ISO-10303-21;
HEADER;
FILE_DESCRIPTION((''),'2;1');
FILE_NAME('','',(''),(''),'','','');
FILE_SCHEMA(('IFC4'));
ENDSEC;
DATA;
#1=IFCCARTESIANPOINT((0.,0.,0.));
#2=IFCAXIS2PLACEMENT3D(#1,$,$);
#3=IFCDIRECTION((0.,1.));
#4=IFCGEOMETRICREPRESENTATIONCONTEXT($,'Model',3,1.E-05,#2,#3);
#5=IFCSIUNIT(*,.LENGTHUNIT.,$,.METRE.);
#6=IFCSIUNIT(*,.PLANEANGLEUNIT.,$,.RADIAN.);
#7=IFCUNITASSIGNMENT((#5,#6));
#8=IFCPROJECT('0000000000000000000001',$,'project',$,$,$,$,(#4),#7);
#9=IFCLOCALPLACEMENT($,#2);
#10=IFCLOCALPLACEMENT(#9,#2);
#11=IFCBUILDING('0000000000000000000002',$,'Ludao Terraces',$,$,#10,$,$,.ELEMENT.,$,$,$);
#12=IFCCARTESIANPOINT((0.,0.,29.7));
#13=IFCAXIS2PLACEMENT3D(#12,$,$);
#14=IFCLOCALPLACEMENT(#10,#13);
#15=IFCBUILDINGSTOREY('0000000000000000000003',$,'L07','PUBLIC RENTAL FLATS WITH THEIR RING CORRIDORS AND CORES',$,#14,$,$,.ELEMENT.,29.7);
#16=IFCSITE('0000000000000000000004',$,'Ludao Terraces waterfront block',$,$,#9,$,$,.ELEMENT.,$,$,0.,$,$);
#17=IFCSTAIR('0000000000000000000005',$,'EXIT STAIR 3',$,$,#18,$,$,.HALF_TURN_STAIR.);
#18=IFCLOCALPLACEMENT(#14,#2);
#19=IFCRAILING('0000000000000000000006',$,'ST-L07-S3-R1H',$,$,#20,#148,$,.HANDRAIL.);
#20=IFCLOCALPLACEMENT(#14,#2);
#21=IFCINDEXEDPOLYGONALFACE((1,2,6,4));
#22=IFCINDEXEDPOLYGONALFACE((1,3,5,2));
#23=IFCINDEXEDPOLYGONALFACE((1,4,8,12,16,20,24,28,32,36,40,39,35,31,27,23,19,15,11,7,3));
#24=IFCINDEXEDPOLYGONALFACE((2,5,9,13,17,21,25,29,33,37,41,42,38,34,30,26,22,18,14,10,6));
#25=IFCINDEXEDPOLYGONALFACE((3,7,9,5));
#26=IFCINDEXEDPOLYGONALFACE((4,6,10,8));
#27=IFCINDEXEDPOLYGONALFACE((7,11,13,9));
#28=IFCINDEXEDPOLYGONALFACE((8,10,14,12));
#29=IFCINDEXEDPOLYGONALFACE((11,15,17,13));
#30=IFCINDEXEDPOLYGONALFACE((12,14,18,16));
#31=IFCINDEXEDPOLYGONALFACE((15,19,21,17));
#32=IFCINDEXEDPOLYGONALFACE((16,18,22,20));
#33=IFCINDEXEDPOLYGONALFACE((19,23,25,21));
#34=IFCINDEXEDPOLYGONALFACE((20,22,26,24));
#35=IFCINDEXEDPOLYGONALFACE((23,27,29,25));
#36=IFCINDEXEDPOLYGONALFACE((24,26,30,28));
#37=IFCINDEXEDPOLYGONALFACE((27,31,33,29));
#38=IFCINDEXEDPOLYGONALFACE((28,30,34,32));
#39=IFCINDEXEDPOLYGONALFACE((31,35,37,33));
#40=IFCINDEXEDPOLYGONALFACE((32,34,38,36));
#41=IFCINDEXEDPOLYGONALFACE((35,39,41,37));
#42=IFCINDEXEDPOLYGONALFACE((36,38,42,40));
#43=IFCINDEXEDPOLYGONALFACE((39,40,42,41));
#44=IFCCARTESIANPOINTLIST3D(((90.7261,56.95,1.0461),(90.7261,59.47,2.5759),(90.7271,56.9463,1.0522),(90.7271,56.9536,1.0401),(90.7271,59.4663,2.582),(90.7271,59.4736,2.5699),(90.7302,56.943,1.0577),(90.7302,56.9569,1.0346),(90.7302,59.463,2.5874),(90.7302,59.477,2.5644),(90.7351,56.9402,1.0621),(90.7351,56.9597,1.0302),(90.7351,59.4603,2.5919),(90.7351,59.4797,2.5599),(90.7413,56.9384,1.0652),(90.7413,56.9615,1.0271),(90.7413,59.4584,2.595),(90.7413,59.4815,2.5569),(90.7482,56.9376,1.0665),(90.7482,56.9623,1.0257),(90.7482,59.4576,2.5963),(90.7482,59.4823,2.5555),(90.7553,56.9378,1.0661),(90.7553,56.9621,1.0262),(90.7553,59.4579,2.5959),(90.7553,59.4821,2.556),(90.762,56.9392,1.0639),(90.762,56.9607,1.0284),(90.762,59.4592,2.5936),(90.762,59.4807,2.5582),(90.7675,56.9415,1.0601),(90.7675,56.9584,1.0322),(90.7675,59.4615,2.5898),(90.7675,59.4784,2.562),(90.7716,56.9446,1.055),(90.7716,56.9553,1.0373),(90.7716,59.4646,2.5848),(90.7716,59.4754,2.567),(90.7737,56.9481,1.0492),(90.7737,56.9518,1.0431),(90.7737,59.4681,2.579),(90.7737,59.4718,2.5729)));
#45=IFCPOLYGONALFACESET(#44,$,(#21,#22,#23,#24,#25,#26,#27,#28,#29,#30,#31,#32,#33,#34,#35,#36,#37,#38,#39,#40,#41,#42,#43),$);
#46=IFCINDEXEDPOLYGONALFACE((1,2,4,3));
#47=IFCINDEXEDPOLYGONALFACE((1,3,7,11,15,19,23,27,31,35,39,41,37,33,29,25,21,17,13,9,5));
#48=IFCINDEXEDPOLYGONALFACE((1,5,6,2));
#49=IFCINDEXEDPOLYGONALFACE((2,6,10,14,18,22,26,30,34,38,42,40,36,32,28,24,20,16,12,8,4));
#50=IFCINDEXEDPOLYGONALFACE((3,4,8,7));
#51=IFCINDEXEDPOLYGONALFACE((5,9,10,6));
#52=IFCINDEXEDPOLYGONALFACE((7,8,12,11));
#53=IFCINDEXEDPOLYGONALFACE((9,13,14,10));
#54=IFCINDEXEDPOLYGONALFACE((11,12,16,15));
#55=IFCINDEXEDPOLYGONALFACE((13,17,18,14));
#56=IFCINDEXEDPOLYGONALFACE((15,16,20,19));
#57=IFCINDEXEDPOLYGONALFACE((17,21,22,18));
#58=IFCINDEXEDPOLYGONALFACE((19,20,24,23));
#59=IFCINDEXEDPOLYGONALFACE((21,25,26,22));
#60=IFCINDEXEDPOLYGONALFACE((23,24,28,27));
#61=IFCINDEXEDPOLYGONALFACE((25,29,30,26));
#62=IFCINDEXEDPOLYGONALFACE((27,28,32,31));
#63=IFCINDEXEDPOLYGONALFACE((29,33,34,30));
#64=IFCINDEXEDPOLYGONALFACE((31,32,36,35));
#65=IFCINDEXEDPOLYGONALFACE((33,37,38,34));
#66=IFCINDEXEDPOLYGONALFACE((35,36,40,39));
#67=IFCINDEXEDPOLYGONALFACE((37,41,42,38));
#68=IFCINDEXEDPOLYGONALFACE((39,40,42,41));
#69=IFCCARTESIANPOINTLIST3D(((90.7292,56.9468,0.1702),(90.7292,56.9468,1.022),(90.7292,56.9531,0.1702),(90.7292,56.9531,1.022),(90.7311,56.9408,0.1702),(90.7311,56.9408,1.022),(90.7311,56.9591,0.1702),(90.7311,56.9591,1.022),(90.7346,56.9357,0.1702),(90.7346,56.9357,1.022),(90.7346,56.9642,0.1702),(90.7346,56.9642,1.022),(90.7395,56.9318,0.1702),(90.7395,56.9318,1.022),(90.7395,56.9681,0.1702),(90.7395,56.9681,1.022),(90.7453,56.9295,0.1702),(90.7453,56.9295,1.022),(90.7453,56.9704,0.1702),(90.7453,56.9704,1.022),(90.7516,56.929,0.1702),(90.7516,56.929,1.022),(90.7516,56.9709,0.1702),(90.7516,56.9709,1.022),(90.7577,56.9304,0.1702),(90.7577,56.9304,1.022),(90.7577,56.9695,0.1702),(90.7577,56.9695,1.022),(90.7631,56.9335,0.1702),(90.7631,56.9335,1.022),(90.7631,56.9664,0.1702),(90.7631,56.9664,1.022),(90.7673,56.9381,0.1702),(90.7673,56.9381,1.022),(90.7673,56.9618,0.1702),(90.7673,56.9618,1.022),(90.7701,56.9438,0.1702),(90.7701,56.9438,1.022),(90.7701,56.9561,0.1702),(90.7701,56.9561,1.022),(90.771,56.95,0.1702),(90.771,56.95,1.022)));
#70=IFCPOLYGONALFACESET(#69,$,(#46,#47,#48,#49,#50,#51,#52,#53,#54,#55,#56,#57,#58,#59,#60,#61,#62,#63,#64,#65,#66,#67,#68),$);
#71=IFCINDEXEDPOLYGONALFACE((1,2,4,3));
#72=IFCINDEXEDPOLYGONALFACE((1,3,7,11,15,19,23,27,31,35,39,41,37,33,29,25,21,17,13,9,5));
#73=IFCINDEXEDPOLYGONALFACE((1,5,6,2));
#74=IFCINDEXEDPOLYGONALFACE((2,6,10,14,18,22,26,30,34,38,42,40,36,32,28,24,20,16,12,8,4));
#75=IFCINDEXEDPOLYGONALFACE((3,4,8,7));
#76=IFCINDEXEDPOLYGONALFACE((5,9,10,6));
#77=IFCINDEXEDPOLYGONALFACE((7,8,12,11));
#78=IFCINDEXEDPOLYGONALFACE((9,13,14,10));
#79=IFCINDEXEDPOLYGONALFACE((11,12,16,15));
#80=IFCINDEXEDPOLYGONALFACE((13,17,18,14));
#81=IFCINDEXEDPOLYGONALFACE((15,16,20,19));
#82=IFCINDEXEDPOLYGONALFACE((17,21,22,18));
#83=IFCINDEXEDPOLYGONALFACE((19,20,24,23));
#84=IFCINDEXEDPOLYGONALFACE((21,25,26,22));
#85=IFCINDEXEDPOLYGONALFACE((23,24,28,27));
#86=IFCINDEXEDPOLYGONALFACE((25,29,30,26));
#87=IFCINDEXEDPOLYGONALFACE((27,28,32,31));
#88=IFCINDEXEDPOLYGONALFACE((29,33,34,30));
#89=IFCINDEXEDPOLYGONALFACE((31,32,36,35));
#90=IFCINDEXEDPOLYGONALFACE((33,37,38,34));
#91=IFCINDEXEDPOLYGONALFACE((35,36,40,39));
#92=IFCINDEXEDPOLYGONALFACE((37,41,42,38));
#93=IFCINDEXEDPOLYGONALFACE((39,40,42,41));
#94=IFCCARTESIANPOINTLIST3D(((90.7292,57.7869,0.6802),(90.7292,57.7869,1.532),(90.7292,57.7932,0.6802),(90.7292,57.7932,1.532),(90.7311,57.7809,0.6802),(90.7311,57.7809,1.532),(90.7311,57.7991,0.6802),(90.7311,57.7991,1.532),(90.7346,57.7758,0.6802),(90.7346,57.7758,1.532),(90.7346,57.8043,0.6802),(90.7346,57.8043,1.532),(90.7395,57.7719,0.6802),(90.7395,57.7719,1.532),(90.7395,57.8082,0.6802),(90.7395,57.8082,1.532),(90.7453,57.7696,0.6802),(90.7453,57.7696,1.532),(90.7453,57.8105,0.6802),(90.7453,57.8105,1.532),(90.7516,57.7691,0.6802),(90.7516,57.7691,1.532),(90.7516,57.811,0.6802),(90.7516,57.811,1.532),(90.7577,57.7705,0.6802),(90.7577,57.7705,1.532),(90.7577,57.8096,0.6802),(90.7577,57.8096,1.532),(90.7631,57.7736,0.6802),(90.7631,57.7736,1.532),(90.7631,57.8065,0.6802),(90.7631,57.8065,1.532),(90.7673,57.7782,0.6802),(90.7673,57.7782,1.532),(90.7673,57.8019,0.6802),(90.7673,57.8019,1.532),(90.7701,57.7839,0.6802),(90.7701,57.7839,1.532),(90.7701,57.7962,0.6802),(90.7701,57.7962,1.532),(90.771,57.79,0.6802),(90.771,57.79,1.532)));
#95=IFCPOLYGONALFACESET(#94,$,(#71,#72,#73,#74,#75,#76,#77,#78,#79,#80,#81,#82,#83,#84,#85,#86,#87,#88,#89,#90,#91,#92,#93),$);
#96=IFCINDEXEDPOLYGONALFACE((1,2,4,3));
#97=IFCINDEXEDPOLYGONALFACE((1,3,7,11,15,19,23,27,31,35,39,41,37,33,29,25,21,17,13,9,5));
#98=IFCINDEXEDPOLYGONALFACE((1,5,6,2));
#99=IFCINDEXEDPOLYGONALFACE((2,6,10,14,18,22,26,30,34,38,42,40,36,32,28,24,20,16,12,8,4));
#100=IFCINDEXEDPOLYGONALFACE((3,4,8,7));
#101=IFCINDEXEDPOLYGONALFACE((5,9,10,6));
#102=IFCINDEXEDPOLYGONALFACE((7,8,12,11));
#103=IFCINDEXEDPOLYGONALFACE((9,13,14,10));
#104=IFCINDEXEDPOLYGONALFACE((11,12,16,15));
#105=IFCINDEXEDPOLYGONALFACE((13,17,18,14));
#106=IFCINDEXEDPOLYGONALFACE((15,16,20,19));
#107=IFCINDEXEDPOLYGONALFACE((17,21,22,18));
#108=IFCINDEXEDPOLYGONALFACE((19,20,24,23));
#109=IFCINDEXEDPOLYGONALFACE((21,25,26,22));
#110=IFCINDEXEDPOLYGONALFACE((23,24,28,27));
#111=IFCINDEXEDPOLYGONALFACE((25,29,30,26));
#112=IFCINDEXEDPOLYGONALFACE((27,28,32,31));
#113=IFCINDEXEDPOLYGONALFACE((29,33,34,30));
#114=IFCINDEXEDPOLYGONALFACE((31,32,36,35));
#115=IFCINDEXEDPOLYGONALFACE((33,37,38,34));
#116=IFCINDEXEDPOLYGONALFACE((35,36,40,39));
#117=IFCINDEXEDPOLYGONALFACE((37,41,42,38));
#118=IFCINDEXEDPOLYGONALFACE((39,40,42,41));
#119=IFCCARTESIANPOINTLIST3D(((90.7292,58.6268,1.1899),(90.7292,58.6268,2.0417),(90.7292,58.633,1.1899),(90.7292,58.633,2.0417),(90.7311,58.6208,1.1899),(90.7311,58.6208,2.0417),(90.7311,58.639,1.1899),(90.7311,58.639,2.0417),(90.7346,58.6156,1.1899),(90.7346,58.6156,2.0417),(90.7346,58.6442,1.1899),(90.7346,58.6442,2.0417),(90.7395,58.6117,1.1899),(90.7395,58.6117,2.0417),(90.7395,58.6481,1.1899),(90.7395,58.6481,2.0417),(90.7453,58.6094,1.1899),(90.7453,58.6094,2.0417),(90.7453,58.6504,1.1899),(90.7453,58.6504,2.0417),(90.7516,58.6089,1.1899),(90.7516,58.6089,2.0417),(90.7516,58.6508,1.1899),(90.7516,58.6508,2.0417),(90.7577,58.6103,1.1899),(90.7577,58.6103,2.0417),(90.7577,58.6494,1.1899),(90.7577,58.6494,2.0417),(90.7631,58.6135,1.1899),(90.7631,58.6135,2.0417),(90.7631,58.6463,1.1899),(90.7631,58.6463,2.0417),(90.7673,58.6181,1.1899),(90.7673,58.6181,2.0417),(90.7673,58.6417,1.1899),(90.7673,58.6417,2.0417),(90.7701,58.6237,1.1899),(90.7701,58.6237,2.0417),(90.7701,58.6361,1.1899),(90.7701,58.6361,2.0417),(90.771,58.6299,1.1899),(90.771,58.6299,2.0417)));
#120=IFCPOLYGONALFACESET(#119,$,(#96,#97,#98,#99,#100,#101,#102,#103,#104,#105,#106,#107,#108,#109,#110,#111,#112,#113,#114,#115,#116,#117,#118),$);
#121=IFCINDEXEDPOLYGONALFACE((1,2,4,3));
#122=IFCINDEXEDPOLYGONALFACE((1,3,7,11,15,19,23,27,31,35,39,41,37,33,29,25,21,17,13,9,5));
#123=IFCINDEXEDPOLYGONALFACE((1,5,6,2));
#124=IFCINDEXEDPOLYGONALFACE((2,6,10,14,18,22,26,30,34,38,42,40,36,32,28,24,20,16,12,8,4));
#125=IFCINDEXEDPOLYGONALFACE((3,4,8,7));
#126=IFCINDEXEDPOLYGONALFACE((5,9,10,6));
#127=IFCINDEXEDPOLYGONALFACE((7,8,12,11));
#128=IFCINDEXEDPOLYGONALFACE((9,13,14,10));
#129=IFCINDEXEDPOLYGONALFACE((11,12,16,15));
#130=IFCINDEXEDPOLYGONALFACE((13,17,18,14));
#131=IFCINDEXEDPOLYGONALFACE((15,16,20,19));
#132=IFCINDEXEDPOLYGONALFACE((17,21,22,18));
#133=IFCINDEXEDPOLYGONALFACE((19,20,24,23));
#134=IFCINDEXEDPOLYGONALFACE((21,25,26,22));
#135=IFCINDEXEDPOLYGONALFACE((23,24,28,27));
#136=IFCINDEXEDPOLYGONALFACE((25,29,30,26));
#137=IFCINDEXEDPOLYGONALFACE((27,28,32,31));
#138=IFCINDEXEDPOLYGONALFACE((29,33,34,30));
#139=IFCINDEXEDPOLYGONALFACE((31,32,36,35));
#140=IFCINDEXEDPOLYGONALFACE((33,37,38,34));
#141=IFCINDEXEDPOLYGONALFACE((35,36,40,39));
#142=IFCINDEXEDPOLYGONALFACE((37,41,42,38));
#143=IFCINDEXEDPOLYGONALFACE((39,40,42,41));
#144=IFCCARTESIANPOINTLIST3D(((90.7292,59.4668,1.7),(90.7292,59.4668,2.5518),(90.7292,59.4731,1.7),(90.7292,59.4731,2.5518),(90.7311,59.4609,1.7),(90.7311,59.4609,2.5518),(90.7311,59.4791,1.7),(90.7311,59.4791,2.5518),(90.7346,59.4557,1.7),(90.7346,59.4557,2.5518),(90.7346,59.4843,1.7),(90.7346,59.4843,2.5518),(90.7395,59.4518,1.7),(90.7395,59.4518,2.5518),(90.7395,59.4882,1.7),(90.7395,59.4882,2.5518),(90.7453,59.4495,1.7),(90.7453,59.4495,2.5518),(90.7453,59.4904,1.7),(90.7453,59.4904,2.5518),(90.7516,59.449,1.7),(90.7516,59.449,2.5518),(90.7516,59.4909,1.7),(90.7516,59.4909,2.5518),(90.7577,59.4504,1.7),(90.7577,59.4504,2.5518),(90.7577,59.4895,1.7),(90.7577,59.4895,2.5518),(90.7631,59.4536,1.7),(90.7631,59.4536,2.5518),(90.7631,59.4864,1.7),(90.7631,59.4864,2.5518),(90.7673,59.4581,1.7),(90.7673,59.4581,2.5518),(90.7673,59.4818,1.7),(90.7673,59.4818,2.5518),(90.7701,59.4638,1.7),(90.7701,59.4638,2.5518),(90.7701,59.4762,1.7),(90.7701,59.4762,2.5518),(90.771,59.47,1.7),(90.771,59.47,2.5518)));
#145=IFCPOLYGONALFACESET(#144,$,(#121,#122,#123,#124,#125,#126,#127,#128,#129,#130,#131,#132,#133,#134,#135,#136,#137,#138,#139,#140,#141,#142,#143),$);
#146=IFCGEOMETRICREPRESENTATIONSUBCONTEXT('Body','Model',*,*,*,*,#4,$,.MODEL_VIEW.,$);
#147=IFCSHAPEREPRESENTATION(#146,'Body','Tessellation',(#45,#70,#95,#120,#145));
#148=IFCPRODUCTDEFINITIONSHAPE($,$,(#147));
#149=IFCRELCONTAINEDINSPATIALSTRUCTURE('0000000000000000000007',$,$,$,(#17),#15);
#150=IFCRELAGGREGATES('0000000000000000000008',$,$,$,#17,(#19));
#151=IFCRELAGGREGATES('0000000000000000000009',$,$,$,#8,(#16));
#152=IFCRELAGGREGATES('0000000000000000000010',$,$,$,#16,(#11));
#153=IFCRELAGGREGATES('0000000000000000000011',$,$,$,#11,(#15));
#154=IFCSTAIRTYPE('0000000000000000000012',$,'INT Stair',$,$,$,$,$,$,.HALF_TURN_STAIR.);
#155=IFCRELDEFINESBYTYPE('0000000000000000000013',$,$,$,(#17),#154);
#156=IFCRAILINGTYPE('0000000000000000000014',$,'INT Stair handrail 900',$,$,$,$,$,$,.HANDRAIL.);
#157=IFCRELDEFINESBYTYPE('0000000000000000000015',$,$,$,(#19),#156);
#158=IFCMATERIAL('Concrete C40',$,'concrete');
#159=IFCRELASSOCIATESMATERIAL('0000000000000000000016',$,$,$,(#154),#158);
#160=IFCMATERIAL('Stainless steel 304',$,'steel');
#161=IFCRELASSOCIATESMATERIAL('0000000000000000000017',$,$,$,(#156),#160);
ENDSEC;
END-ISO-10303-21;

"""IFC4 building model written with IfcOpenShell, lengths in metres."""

from ifc_helpers import new_model, si_unit, direction, frame, origin, origin_2d, place, context, subcontext, project, spatial, circle, extrude, material, type_object, element, aggregate, save


model = new_model("IFC4")

# Units and contexts
model_context = context("Model", 3, precision=1e-05, world=origin(), true_north=direction((0.0, 1.0)))
body_context = subcontext(model_context, "Body", "Model", "MODEL_VIEW")
ifc_project = project(units=[si_unit("LENGTHUNIT", "METRE"), si_unit("PLANEANGLEUNIT", "RADIAN")], contexts=[model_context])

# Site, building, storey
site_placement = place(None, origin())
site = spatial("IfcSite", under=ifc_project, at=site_placement, Name="Ludao Terraces waterfront block", CompositionType="ELEMENT", RefElevation=0.0)
building_placement = place(site_placement, origin())
building = spatial("IfcBuilding", under=site, at=building_placement, Name="Ludao Terraces", CompositionType="ELEMENT")
storey_placement = place(building_placement, frame((0.0, 0.0, 29.7)))
storey = spatial("IfcBuildingStorey", under=building, at=storey_placement, Name="L07", Description="PUBLIC RENTAL FLATS WITH THEIR RING CORRIDORS AND CORES", CompositionType="ELEMENT", Elevation=29.7)

# Stair, railing
ifc_material_1 = material(Name="Concrete C40", Category="concrete")
stair_type = type_object("IfcStairType", Name="INT Stair", PredefinedType="HALF_TURN_STAIR", material=ifc_material_1)
stair_placement = place(storey_placement, origin())
stair = element("IfcStair", 1, at=stair_placement, inside=storey, type_object=stair_type, Name="EXIT STAIR 3", PredefinedType="HALF_TURN_STAIR")
ifc_material_2 = material(Name="Stainless steel 304", Category="steel")
railing_type_1 = type_object("IfcRailingType", Name="INT Stair handrail 900", PredefinedType="HANDRAIL", material=ifc_material_2)
railing_1_placement = place(storey_placement, frame((90.75, 56.95, 0.1702)))
railing_1 = element("IfcRailing", 2, at=railing_1_placement, type_object=railing_type_1, Name="ST-L07-S3-R1H", PredefinedType="HANDRAIL", context=body_context, shape_type="SweptSolid", body=[
    extrude(circle(Radius=0.0239, at=origin_2d()), frame((0.0, 0.0, 0.876), z_axis=(0.0, 0.854822, 0.518922), x_axis=(-1.0, 0.0, 0.0)), (0.0, 0.0, 1.0), 2.948),
    extrude(circle(Radius=0.021, at=origin_2d()), origin(), (0.0, 0.0, 1.0), 0.8518),
    extrude(circle(Radius=0.021, at=origin_2d()), frame((0.0, 0.8401, 0.51)), (0.0, 0.0, 1.0), 0.8518),
    extrude(circle(Radius=0.021, at=origin_2d()), frame((0.0, 1.6799, 1.0198)), (0.0, 0.0, 1.0), 0.8518),
    extrude(circle(Radius=0.021, at=origin_2d()), frame((0.0, 2.52, 1.5298)), (0.0, 0.0, 1.0), 0.8518),
])
aggregate(stair, [railing_1])

save(model, "model.ifc")
